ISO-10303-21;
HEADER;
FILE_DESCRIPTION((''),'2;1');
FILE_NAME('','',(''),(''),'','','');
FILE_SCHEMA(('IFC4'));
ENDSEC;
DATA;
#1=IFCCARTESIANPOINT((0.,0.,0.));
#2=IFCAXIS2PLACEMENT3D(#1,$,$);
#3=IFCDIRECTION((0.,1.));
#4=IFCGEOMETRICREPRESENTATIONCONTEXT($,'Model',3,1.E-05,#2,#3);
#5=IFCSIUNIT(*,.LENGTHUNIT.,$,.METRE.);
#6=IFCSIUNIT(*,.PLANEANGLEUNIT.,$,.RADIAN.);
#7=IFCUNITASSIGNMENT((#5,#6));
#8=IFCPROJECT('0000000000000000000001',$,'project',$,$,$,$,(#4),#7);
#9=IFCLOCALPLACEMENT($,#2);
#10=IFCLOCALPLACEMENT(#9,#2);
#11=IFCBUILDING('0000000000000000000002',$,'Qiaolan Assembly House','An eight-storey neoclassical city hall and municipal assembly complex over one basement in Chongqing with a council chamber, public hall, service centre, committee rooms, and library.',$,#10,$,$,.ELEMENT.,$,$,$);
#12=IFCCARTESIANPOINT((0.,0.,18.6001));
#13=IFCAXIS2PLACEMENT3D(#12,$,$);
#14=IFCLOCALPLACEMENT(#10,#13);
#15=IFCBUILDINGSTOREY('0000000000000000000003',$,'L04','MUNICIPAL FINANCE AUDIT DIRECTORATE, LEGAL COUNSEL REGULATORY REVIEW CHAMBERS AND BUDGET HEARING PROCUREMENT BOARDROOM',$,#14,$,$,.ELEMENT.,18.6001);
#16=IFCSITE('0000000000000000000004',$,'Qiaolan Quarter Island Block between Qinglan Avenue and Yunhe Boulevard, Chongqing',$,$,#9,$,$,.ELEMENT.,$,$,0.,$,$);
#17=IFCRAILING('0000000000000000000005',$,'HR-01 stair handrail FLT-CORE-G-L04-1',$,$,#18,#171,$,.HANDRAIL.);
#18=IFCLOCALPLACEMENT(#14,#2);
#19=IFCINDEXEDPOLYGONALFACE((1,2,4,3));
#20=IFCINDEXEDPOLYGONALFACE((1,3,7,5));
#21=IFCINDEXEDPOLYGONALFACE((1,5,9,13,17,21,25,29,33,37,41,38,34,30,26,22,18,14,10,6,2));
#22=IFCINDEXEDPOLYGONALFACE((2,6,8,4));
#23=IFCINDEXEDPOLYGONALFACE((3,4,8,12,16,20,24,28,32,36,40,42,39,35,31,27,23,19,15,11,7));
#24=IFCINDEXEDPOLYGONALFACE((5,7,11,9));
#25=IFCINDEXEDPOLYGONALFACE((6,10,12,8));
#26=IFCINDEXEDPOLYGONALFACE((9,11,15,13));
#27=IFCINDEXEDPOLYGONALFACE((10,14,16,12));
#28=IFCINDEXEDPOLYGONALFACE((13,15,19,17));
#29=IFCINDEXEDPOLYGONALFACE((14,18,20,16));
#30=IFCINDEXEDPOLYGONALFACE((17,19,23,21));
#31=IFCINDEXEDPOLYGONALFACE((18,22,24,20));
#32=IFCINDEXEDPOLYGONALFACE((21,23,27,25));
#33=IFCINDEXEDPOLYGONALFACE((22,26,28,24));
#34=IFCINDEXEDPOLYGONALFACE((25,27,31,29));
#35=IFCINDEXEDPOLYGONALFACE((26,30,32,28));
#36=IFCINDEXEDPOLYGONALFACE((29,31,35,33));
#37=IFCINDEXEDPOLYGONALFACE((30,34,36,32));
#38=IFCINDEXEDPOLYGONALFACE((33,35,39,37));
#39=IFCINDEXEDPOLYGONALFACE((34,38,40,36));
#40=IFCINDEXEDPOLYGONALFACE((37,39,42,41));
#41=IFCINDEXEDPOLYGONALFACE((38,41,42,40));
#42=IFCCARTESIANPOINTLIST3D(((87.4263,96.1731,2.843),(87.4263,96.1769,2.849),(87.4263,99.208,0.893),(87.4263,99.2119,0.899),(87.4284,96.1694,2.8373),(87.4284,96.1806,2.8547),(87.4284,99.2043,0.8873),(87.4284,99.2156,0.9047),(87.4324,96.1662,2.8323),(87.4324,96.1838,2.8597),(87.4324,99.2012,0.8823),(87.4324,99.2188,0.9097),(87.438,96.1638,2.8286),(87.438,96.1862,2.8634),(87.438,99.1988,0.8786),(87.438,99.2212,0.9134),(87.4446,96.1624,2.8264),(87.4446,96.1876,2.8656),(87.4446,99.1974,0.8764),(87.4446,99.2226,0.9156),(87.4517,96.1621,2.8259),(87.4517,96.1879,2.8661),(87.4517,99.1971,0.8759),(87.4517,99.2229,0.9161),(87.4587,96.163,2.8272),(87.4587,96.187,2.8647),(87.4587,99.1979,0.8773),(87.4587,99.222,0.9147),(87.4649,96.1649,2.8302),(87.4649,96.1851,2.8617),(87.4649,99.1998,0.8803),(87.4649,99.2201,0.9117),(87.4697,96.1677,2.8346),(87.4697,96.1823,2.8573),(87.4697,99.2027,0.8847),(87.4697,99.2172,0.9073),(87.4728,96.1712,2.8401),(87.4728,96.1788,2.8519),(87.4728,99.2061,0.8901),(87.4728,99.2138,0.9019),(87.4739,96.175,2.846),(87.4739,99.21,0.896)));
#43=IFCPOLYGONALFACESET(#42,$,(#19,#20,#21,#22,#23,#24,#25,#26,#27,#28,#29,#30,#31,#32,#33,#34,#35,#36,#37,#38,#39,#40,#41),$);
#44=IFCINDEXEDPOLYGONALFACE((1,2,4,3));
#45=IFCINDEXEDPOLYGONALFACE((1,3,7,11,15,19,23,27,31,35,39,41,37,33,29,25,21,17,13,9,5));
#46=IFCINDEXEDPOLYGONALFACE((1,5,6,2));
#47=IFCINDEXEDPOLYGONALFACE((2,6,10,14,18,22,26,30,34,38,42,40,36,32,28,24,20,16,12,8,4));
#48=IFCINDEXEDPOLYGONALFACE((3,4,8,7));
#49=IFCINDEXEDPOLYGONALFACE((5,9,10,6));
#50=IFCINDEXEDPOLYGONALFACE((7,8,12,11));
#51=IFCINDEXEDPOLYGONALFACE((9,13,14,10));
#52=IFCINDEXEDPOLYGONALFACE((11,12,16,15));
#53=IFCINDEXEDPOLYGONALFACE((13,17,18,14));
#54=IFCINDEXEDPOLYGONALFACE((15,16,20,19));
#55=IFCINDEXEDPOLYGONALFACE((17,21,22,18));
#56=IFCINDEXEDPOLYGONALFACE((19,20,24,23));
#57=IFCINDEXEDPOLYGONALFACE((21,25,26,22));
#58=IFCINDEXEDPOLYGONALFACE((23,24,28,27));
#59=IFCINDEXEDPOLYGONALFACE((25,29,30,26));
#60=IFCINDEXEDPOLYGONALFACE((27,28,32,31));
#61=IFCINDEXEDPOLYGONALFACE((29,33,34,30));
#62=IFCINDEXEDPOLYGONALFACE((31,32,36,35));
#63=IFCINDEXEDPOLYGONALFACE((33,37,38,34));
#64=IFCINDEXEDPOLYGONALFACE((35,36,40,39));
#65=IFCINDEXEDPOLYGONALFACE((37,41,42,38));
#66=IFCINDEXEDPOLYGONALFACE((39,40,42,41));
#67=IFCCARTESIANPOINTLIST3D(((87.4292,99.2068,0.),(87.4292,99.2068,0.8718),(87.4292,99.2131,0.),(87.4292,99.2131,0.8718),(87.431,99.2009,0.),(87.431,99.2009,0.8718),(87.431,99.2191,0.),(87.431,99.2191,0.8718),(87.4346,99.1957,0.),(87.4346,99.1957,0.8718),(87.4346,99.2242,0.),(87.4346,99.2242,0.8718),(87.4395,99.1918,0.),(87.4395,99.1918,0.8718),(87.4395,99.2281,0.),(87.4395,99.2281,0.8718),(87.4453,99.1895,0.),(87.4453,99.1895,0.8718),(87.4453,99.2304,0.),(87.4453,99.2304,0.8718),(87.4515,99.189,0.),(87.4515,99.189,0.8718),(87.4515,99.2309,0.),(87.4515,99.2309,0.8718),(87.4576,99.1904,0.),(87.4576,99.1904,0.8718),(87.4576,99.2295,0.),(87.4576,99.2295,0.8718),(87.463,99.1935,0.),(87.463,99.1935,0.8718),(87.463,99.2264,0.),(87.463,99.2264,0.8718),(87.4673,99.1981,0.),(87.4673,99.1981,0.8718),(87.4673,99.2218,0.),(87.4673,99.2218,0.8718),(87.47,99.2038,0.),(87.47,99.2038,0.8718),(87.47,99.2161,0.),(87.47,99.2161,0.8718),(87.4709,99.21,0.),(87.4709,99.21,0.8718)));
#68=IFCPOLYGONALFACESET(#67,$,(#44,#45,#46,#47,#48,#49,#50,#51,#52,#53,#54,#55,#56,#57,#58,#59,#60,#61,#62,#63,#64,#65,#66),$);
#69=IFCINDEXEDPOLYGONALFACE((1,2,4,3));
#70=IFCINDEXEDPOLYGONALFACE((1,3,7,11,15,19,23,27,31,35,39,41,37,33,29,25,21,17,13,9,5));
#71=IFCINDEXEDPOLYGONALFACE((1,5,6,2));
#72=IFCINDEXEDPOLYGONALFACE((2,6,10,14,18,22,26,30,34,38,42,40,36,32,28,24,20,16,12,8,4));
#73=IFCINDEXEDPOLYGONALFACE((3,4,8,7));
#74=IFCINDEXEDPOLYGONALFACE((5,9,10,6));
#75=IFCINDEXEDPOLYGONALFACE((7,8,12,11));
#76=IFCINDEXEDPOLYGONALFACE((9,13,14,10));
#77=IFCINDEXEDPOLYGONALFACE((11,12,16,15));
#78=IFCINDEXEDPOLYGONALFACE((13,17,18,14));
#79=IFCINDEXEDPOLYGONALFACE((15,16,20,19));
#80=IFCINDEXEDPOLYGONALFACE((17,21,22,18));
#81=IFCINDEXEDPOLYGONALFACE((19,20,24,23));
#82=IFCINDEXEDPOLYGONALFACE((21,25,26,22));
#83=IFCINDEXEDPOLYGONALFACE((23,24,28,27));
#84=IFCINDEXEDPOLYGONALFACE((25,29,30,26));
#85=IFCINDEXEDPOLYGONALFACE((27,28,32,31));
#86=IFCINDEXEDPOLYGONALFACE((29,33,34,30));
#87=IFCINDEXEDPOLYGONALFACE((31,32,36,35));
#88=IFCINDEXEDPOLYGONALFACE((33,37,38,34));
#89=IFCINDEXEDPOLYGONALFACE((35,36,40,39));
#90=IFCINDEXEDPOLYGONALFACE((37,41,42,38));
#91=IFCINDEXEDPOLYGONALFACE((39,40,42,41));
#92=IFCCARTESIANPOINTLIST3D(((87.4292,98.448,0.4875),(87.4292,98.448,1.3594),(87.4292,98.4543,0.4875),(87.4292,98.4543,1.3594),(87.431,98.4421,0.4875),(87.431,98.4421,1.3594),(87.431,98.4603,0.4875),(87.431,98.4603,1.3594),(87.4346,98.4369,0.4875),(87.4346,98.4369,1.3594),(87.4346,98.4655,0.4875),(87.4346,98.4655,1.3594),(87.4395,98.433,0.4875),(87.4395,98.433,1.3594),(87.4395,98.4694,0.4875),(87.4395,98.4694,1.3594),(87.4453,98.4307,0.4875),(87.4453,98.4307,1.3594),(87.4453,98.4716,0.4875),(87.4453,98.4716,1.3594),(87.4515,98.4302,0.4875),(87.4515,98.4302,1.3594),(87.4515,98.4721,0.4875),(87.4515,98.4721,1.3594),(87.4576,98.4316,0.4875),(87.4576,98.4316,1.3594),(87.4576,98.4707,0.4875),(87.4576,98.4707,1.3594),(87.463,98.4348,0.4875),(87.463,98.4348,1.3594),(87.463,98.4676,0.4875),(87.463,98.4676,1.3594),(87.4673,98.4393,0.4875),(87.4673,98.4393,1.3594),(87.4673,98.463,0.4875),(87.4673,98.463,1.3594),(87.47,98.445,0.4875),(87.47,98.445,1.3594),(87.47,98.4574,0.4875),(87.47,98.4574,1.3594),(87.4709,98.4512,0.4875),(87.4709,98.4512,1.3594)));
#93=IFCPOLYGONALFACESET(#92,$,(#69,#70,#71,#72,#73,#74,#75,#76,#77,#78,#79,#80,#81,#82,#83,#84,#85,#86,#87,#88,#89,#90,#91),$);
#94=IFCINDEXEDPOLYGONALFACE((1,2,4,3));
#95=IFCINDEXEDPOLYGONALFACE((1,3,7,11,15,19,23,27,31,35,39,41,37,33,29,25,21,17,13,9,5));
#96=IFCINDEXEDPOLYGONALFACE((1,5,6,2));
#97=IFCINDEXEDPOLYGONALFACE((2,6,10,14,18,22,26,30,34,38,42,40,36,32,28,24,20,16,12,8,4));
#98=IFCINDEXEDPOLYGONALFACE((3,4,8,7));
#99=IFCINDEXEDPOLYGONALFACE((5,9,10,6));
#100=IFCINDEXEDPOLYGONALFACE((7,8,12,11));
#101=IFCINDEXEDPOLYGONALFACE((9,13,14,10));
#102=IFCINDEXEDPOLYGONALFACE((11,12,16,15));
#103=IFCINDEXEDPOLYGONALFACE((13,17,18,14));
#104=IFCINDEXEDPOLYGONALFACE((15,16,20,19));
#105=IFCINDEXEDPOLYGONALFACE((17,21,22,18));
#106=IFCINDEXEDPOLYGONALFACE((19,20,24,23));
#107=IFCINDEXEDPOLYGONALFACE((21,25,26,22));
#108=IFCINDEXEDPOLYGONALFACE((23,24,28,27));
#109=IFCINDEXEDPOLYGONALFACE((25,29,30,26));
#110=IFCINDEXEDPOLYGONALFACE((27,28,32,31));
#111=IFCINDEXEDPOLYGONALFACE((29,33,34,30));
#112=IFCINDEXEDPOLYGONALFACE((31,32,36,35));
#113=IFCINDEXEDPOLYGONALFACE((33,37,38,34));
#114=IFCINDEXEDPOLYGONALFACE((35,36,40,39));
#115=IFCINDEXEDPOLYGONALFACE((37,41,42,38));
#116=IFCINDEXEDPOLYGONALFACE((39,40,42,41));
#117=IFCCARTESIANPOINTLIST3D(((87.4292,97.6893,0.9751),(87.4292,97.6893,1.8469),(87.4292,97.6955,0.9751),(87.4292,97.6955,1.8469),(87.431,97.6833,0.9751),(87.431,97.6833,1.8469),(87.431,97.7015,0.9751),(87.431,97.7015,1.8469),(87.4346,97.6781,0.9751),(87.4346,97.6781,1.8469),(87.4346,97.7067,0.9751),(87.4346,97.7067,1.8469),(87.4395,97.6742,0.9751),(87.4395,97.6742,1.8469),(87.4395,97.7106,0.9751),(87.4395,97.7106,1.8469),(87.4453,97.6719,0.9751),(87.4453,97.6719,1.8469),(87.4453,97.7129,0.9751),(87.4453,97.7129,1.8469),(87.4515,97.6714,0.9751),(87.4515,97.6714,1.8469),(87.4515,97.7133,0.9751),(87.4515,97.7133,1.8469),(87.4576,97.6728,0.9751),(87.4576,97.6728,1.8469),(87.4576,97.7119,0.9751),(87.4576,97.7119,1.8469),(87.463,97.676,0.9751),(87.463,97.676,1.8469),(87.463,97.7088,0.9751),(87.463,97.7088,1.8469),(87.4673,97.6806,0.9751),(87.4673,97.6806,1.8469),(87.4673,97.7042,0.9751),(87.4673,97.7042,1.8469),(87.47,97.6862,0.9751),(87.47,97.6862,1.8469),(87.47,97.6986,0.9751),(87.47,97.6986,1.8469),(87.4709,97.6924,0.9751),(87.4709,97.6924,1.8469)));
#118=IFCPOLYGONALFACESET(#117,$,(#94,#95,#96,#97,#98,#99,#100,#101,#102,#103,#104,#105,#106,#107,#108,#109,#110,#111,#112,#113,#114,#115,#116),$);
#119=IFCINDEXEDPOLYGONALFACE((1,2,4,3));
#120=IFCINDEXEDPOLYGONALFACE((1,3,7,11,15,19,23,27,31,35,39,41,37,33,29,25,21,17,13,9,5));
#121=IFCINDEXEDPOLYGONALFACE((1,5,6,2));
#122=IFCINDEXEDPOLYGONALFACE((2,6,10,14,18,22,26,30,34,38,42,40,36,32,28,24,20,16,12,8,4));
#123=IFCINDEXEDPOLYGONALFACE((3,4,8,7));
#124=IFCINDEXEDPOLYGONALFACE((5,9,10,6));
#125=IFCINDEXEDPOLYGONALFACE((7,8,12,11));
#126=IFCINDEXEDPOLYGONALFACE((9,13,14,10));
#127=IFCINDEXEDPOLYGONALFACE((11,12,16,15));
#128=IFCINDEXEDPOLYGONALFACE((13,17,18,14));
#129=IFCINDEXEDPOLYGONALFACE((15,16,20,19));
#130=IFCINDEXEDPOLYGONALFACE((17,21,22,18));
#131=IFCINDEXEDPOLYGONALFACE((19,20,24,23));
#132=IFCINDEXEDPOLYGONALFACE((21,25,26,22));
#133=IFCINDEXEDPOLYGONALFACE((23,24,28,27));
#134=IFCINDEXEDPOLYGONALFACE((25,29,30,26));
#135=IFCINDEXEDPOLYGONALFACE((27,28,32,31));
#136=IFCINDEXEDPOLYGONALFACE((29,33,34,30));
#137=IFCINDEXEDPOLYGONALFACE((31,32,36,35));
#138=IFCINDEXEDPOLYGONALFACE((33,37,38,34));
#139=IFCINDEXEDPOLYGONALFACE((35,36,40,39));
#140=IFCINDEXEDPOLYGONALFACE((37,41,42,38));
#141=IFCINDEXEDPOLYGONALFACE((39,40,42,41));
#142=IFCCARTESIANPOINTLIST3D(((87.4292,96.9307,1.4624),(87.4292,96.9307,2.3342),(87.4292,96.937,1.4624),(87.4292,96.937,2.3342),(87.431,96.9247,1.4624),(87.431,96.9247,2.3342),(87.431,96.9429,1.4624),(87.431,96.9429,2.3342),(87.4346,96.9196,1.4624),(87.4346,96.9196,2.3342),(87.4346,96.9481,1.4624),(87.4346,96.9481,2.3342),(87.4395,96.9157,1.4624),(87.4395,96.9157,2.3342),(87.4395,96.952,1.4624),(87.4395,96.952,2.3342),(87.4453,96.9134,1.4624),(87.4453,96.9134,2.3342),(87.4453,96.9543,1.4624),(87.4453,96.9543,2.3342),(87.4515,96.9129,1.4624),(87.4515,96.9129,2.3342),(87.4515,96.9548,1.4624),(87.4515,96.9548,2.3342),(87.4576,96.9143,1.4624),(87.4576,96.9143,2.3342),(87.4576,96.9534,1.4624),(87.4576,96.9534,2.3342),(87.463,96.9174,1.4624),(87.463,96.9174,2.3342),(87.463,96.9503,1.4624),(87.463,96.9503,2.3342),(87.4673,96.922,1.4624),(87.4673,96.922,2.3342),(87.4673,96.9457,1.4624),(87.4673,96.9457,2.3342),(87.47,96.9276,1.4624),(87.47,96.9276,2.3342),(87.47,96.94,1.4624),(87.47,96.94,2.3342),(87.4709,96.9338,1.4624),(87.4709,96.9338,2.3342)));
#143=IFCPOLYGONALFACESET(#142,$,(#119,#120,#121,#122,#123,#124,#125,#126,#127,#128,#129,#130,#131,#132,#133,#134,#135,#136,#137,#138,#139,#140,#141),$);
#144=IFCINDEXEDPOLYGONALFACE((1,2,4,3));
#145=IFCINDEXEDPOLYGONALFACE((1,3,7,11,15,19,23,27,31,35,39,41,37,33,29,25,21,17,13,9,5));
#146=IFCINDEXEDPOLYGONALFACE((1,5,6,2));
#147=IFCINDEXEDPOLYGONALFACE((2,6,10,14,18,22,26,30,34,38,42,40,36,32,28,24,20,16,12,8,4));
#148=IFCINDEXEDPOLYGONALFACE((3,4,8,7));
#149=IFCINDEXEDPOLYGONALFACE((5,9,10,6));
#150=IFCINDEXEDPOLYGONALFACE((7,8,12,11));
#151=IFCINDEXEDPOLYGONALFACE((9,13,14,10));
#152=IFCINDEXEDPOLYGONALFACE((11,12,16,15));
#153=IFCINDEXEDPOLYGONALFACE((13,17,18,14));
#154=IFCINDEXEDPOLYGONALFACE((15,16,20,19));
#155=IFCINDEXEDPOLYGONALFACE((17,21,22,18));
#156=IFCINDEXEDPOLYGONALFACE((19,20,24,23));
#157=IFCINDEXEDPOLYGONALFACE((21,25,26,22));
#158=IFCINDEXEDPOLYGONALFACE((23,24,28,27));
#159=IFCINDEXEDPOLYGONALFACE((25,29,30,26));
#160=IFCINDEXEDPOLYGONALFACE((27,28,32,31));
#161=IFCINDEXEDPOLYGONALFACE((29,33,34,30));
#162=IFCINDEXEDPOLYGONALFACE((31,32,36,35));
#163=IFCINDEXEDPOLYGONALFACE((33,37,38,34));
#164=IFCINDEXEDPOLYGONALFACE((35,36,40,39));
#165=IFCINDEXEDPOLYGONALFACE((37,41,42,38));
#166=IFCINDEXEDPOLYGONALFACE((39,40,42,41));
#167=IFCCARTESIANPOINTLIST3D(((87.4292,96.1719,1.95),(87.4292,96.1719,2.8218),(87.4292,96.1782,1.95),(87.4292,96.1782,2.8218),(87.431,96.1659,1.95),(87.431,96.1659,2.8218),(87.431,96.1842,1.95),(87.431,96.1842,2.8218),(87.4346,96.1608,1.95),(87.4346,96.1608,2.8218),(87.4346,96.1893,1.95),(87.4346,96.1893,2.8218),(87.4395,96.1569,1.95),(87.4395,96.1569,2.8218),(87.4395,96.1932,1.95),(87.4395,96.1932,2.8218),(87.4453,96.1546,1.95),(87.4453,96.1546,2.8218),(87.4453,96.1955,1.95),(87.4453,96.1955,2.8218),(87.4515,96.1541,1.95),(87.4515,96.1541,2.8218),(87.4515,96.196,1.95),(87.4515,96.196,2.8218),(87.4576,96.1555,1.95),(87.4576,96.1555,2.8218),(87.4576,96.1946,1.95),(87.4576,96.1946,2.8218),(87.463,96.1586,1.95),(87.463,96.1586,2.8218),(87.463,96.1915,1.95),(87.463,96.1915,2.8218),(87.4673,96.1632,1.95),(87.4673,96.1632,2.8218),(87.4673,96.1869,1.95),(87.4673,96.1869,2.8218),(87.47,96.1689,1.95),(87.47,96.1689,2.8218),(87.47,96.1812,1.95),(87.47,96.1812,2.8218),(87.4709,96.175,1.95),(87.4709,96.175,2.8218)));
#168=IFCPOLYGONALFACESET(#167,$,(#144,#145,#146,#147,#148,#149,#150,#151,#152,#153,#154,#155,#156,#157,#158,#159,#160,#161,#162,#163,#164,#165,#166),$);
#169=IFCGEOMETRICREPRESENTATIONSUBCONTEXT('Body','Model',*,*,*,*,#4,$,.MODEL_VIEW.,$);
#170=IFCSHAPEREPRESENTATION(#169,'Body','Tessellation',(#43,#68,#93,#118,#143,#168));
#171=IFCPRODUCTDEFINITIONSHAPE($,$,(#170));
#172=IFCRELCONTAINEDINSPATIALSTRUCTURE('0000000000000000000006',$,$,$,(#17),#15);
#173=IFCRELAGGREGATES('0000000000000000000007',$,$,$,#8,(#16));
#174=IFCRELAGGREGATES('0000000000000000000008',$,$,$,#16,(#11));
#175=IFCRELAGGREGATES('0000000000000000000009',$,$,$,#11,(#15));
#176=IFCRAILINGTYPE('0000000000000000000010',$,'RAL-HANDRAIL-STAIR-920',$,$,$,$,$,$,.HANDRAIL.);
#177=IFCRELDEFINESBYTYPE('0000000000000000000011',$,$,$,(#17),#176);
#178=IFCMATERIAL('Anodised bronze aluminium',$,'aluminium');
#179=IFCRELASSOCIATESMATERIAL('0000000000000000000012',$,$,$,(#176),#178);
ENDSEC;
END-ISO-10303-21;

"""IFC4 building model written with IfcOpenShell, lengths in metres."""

from ifc_helpers import new_model, si_unit, direction, frame, origin, origin_2d, place, context, subcontext, project, spatial, circle, extrude, material, type_object, element, save


model = new_model("IFC4")

# Units and contexts
model_context = context("Model", 3, precision=1e-05, world=origin(), true_north=direction((0.0, 1.0)))
body_context = subcontext(model_context, "Body", "Model", "MODEL_VIEW")
ifc_project = project(units=[si_unit("LENGTHUNIT", "METRE"), si_unit("PLANEANGLEUNIT", "RADIAN")], contexts=[model_context])

# Site, building, storey
site_placement = place(None, origin())
site = spatial("IfcSite", under=ifc_project, at=site_placement, Name="Qiaolan Quarter Island Block between Qinglan Avenue and Yunhe Boulevard, Chongqing", CompositionType="ELEMENT", RefElevation=0.0)
building_placement = place(site_placement, origin())
building = spatial("IfcBuilding", under=site, at=building_placement, Name="Qiaolan Assembly House", Description="An eight-storey neoclassical city hall and municipal assembly complex over one basement in Chongqing with a council chamber, public hall, service centre, committee rooms, and library.", CompositionType="ELEMENT")
storey_placement = place(building_placement, frame((0.0, 0.0, 18.6001)))
storey = spatial("IfcBuildingStorey", under=building, at=storey_placement, Name="L04", Description="MUNICIPAL FINANCE AUDIT DIRECTORATE, LEGAL COUNSEL REGULATORY REVIEW CHAMBERS AND BUDGET HEARING PROCUREMENT BOARDROOM", CompositionType="ELEMENT", Elevation=18.6001)

# Railing
ifc_material_1 = material(Name="Anodised bronze aluminium", Category="aluminium")
railing_type_1 = type_object("IfcRailingType", Name="RAL-HANDRAIL-STAIR-920", PredefinedType="HANDRAIL", material=ifc_material_1)
railing_1_placement = place(storey_placement, frame((87.45, 99.21, 0.0)))
element("IfcRailing", 1, at=railing_1_placement, inside=storey, type_object=railing_type_1, Name="HR-01 stair handrail FLT-CORE-G-L04-1", PredefinedType="HANDRAIL", context=body_context, shape_type="SweptSolid", body=[
    extrude(circle(Radius=0.0239, at=origin_2d()), frame((0.0, 0.0, 0.896), z_axis=(0.0, -0.841313, 0.540549), x_axis=(1.0, 0.0, 0.0)), (0.0, 0.0, 1.0), 3.6074),
    extrude(circle(Radius=0.021, at=origin_2d()), origin(), (0.0, 0.0, 1.0), 0.8718),
    extrude(circle(Radius=0.021, at=origin_2d()), frame((0.0, -0.7588, 0.4875)), (0.0, 0.0, 1.0), 0.8718),
    extrude(circle(Radius=0.021, at=origin_2d()), frame((0.0, -1.5176, 0.9751)), (0.0, 0.0, 1.0), 0.8718),
    extrude(circle(Radius=0.021, at=origin_2d()), frame((0.0, -2.2761, 1.4624)), (0.0, 0.0, 1.0), 0.8718),
    extrude(circle(Radius=0.021, at=origin_2d()), frame((0.0, -3.0349, 1.95)), (0.0, 0.0, 1.0), 0.8718),
])

save(model, "model.ifc")
